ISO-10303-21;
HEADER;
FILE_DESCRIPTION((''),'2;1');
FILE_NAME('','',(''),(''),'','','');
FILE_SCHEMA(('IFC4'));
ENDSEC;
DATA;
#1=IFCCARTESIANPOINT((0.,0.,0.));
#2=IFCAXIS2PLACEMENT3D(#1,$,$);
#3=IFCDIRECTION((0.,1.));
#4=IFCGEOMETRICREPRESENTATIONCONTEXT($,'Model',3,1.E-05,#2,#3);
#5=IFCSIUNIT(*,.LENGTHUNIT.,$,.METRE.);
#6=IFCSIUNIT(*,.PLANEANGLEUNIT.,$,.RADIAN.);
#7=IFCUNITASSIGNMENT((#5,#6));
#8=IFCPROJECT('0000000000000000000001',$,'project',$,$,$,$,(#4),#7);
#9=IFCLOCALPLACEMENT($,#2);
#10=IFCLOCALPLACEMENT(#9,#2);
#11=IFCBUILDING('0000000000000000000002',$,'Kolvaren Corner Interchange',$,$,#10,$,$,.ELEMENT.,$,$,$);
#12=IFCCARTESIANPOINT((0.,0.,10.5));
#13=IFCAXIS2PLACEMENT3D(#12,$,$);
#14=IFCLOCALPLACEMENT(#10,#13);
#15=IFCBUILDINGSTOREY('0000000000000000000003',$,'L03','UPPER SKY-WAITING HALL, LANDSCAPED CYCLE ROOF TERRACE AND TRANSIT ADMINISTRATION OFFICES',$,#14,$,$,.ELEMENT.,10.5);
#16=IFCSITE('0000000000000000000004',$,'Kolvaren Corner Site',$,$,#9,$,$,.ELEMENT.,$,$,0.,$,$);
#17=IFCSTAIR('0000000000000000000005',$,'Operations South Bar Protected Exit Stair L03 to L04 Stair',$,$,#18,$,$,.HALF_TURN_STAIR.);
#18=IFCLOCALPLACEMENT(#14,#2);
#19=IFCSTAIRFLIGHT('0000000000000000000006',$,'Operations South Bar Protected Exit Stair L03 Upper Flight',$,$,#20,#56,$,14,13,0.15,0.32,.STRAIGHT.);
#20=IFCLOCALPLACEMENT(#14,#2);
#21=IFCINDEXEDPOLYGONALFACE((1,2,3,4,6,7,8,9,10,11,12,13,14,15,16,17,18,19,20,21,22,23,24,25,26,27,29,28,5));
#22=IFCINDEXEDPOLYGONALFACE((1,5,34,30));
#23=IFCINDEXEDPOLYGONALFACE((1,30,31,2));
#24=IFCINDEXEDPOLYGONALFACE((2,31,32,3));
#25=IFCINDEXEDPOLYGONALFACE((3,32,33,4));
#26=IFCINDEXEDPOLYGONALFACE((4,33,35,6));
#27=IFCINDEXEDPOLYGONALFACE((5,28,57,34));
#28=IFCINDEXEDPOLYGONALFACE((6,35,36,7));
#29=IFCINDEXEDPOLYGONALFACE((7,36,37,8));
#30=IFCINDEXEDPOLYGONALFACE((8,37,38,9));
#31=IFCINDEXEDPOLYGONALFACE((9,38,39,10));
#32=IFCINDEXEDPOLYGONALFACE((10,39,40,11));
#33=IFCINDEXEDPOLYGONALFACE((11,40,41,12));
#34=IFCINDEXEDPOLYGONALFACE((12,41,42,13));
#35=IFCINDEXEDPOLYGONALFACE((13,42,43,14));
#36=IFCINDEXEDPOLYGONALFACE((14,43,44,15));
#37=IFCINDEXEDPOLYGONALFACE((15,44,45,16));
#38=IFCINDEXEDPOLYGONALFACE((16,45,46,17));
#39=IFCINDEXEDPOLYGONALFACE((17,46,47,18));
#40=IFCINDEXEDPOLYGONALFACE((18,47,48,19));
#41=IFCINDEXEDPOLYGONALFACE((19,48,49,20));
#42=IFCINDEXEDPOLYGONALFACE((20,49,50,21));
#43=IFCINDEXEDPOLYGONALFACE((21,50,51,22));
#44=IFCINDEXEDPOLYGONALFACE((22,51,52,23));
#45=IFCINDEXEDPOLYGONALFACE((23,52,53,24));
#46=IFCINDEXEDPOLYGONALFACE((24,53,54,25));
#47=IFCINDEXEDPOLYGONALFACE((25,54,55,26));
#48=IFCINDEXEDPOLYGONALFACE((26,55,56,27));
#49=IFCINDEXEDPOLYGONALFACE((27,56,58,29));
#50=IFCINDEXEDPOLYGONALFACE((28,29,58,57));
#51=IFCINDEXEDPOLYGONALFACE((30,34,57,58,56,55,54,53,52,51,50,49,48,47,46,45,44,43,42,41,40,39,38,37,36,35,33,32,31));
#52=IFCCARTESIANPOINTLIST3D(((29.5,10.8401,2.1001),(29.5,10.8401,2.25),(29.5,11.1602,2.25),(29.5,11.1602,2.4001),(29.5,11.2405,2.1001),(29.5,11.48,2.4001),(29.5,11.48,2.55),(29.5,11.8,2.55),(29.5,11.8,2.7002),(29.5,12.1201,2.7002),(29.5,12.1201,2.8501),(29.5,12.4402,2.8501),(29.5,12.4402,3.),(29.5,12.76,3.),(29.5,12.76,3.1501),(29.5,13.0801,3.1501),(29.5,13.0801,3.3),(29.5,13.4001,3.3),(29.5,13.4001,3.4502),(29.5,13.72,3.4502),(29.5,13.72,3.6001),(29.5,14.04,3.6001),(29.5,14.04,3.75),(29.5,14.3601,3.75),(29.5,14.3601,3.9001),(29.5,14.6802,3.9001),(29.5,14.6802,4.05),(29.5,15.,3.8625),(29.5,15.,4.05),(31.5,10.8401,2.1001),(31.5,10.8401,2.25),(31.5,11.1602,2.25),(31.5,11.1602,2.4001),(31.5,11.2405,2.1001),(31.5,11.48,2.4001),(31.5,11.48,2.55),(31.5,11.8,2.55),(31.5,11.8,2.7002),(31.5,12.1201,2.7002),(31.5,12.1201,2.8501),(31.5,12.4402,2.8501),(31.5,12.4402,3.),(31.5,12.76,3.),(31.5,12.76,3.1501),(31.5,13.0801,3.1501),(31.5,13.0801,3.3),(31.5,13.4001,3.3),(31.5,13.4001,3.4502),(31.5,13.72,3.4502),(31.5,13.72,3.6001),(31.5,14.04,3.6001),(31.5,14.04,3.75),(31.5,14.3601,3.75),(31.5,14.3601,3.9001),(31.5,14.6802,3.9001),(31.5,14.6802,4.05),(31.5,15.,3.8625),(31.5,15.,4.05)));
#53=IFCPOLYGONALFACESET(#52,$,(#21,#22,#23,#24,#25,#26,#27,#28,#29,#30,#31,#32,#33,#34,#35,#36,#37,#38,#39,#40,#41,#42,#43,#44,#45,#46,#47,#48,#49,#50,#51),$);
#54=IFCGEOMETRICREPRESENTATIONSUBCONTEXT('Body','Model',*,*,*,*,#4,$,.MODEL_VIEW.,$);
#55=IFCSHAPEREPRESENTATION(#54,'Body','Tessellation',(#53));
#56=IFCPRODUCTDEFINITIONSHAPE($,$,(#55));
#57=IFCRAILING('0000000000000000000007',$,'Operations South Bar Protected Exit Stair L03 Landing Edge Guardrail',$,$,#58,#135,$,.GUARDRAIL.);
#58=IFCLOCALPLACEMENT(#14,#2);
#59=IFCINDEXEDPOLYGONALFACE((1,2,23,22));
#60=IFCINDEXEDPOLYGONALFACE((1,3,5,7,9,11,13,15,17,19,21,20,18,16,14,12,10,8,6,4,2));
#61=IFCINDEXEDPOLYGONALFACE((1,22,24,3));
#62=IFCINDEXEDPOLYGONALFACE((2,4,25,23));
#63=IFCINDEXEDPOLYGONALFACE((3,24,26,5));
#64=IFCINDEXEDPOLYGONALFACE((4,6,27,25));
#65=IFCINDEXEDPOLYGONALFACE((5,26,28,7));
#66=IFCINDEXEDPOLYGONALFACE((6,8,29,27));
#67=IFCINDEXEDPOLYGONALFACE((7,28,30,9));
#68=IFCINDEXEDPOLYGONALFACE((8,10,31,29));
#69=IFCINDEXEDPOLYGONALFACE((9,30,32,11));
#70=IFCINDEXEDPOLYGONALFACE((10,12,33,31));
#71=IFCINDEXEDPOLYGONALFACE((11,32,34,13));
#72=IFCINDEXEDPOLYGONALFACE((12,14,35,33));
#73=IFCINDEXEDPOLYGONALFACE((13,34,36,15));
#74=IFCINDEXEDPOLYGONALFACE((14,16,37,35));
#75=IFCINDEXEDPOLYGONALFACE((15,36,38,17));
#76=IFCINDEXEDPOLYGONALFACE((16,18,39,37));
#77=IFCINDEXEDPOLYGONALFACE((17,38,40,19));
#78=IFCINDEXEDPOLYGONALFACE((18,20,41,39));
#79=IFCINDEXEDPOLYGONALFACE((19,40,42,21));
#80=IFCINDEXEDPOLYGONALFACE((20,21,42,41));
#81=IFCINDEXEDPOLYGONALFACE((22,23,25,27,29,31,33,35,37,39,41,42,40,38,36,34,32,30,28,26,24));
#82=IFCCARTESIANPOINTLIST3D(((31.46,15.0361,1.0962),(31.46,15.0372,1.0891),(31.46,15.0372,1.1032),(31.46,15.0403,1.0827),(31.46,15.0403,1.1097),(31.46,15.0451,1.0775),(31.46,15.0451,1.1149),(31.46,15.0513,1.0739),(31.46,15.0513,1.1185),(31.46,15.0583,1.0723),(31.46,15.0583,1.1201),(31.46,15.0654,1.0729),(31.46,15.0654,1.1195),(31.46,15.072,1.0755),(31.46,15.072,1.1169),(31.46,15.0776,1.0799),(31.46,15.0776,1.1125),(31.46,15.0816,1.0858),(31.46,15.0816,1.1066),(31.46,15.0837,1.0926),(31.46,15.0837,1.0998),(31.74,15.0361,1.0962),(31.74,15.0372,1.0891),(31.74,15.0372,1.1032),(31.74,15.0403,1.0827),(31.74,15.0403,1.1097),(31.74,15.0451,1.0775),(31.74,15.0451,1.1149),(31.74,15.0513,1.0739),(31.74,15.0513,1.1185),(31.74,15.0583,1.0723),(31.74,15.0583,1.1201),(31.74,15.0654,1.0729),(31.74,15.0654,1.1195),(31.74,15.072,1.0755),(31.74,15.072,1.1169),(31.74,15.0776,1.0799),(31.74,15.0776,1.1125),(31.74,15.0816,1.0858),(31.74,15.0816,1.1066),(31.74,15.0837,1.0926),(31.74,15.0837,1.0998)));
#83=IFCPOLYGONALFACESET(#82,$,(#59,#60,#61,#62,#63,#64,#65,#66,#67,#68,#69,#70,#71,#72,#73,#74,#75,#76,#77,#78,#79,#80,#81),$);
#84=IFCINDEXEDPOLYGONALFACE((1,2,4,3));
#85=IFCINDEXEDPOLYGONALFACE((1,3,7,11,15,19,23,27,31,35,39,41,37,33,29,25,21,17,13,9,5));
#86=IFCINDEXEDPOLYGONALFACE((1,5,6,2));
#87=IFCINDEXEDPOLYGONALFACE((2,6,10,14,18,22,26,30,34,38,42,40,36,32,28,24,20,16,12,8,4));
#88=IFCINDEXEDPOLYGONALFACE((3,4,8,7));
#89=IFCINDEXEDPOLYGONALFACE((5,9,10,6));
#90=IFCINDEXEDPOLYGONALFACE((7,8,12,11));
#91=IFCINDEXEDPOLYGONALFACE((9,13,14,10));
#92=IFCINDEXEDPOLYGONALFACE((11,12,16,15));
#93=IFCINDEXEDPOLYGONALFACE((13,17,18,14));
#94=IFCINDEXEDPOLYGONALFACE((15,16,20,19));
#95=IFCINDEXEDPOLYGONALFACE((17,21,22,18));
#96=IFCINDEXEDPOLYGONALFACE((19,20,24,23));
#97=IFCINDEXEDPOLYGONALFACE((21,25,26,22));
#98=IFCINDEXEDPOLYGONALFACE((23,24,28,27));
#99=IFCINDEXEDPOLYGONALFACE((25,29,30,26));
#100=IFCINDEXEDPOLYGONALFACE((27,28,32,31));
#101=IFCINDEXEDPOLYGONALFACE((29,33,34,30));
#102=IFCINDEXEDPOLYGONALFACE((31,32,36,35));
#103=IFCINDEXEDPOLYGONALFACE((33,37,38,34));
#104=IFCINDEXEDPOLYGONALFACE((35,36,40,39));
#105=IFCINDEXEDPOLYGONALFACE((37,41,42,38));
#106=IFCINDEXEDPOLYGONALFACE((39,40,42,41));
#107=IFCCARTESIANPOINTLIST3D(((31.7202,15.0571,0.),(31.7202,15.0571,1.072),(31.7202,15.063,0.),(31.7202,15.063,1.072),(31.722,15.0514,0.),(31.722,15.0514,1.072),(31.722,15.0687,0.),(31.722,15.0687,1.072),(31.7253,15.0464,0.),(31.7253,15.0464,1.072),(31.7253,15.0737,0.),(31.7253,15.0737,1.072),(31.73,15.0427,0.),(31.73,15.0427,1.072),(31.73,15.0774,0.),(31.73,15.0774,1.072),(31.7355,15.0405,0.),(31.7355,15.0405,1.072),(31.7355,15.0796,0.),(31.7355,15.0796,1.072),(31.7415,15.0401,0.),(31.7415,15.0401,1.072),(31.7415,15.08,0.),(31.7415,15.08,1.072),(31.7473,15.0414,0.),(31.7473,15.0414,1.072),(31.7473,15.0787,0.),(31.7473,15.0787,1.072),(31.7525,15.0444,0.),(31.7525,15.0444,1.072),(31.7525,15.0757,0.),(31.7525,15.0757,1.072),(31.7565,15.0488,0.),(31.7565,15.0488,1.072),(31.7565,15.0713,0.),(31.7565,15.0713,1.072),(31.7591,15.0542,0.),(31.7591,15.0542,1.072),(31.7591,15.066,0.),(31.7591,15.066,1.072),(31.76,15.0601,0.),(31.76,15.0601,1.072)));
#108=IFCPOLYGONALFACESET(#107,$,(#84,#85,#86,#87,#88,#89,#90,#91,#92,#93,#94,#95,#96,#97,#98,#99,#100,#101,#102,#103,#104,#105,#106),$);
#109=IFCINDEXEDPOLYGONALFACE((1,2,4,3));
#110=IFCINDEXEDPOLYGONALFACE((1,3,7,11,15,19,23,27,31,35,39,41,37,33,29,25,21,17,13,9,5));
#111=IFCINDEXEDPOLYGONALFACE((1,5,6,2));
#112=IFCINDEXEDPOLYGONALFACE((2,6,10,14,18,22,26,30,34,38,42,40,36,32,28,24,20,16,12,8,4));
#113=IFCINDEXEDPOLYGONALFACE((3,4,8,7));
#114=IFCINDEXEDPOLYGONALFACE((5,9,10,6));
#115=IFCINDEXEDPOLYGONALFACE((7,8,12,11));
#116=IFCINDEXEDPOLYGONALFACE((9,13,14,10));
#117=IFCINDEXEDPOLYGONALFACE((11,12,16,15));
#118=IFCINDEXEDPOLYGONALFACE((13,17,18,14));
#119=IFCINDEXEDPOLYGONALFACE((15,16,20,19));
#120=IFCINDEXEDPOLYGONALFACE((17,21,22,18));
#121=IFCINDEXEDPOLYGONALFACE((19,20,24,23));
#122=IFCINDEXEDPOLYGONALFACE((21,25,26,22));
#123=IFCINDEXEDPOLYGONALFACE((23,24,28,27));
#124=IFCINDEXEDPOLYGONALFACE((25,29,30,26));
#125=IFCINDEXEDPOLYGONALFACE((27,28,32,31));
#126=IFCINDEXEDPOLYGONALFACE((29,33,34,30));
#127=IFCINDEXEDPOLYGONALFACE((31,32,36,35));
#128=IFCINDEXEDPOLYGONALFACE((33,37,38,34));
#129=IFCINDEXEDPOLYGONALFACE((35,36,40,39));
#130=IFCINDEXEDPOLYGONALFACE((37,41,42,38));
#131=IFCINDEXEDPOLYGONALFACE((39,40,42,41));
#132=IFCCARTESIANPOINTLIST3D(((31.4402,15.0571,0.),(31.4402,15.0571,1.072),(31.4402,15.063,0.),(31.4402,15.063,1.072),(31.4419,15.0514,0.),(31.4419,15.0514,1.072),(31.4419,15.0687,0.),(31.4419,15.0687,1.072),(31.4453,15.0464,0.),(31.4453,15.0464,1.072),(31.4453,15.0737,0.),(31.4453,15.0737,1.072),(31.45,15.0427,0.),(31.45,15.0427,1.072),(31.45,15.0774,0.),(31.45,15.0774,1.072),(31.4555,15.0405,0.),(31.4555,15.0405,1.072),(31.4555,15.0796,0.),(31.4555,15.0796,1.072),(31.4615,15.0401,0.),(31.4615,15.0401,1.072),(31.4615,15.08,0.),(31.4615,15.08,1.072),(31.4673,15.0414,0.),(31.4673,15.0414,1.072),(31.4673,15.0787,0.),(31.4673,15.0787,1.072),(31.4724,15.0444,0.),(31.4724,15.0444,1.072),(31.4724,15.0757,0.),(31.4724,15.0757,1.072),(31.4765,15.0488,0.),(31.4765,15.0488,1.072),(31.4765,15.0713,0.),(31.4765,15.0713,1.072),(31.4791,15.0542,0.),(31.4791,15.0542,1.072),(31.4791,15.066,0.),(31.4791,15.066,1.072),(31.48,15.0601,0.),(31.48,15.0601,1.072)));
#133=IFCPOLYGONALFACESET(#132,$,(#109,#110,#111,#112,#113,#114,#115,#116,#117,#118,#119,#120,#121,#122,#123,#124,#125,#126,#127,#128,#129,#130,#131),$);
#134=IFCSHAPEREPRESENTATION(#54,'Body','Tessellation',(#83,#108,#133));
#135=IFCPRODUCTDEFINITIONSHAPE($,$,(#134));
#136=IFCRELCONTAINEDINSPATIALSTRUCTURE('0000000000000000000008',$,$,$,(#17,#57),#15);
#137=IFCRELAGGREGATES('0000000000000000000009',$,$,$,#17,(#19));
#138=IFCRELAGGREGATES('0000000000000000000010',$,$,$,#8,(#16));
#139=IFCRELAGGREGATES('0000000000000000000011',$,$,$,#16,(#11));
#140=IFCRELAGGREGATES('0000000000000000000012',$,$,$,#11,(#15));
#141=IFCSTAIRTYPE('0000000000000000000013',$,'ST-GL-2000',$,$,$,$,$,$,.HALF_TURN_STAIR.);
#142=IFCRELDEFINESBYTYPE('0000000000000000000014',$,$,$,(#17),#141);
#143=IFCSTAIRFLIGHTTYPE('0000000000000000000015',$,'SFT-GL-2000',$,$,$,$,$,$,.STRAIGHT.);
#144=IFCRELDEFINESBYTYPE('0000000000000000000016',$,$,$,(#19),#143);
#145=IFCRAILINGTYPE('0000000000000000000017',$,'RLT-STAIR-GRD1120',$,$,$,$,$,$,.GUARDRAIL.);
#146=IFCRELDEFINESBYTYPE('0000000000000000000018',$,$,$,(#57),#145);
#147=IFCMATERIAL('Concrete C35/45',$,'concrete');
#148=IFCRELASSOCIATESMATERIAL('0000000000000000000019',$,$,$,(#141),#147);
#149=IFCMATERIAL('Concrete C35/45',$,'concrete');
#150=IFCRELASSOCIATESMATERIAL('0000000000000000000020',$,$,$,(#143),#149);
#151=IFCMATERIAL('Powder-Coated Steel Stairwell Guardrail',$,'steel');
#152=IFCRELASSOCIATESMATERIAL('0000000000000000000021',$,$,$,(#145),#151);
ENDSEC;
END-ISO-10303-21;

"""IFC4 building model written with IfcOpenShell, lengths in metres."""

from ifc_helpers import new_model, si_unit, direction, frame, origin, origin_2d, place, context, subcontext, project, spatial, polyline, circle, outline, extrude, material, type_object, element, aggregate, save


model = new_model("IFC4")

# Units and contexts
model_context = context("Model", 3, precision=1e-05, world=origin(), true_north=direction((0.0, 1.0)))
body_context = subcontext(model_context, "Body", "Model", "MODEL_VIEW")
ifc_project = project(units=[si_unit("LENGTHUNIT", "METRE"), si_unit("PLANEANGLEUNIT", "RADIAN")], contexts=[model_context])

# Site, building, storey
site_placement = place(None, origin())
site = spatial("IfcSite", under=ifc_project, at=site_placement, Name="Kolvaren Corner Site", CompositionType="ELEMENT", RefElevation=0.0)
building_placement = place(site_placement, origin())
building = spatial("IfcBuilding", under=site, at=building_placement, Name="Kolvaren Corner Interchange", CompositionType="ELEMENT")
storey_placement = place(building_placement, frame((0.0, 0.0, 10.5)))
storey = spatial("IfcBuildingStorey", under=building, at=storey_placement, Name="L03", Description="UPPER SKY-WAITING HALL, LANDSCAPED CYCLE ROOF TERRACE AND TRANSIT ADMINISTRATION OFFICES", CompositionType="ELEMENT", Elevation=10.5)

# Stair, stair flight
ifc_material_1 = material(Name="Concrete C35/45", Category="concrete")
stair_type = type_object("IfcStairType", Name="ST-GL-2000", PredefinedType="HALF_TURN_STAIR", material=ifc_material_1)
stair_placement = place(storey_placement, origin())
stair = element("IfcStair", 1, at=stair_placement, inside=storey, type_object=stair_type, Name="Operations South Bar Protected Exit Stair L03 to L04 Stair", PredefinedType="HALF_TURN_STAIR")
ifc_material_2 = material(Name="Concrete C35/45", Category="concrete")
stair_flight_type = type_object("IfcStairFlightType", Name="SFT-GL-2000", PredefinedType="STRAIGHT", material=ifc_material_2)
stair_flight_1_placement = place(storey_placement, frame((30.5, 10.8401, 2.1001), z_axis=(0.0, 0.0, 1.0), x_axis=(0.0, 1.0, 0.0)))
stair_flight_1 = element("IfcStairFlight", 2, at=stair_flight_1_placement, type_object=stair_flight_type, Name="Operations South Bar Protected Exit Stair L03 Upper Flight", NumberOfRisers=14, NumberOfTreads=13, PredefinedType="STRAIGHT", RiserHeight=0.15, TreadLength=0.32, context=body_context, shape_type="SweptSolid", body=[
    extrude(outline(polyline([(0.0, 0.0), (0.0, 0.1499), (0.3201, 0.1499), (0.3201, 0.3), (0.6399, 0.3), (0.6399, 0.45), (0.96, 0.45), (0.96, 0.6001), (1.28, 0.6001), (1.28, 0.75), (1.6001, 0.75), (1.6001, 0.8999), (1.9199, 0.8999), (1.9199, 1.05), (2.24, 1.05), (2.24, 1.2), (2.5601, 1.2), (2.5601, 1.3501), (2.8799, 1.3501), (2.8799, 1.5), (3.2, 1.5), (3.2, 1.6499), (3.52, 1.6499), (3.52, 1.8), (3.8401, 1.8), (3.8401, 1.95), (4.1599, 1.95), (4.1599, 2.1001), (4.1599, 1.7625), (0.4004, 0.0), (0.0, 0.0)])), frame((0.0, 1.0, 0.0), z_axis=(0.0, -1.0, 0.0), x_axis=(1.0, 0.0, 0.0)), (0.0, 0.0, 1.0), 2.0),
])

# Railing
ifc_material_3 = material(Name="Powder-Coated Steel Stairwell Guardrail", Category="steel")
railing_type_1 = type_object("IfcRailingType", Name="RLT-STAIR-GRD1120", PredefinedType="GUARDRAIL", material=ifc_material_3)
railing_1_placement = place(storey_placement, frame((31.74, 15.0601, 0.0)))
element("IfcRailing", 3, at=railing_1_placement, inside=storey, type_object=railing_type_1, Name="Operations South Bar Protected Exit Stair L03 Landing Edge Guardrail", PredefinedType="GUARDRAIL", context=body_context, shape_type="SweptSolid", body=[
    extrude(circle(Radius=0.0239, at=origin_2d()), frame((0.0, 0.0, 1.0962), z_axis=(-1.0, 0.0, 0.0), x_axis=(0.0, -1.0, 0.0)), (0.0, 0.0, 1.0), 0.28),
    extrude(circle(Radius=0.02, at=origin_2d()), origin(), (0.0, 0.0, 1.0), 1.072),
    extrude(circle(Radius=0.02, at=origin_2d()), frame((-0.28, 0.0, 0.0)), (0.0, 0.0, 1.0), 1.072),
])
aggregate(stair, [stair_flight_1])

save(model, "model.ifc")
